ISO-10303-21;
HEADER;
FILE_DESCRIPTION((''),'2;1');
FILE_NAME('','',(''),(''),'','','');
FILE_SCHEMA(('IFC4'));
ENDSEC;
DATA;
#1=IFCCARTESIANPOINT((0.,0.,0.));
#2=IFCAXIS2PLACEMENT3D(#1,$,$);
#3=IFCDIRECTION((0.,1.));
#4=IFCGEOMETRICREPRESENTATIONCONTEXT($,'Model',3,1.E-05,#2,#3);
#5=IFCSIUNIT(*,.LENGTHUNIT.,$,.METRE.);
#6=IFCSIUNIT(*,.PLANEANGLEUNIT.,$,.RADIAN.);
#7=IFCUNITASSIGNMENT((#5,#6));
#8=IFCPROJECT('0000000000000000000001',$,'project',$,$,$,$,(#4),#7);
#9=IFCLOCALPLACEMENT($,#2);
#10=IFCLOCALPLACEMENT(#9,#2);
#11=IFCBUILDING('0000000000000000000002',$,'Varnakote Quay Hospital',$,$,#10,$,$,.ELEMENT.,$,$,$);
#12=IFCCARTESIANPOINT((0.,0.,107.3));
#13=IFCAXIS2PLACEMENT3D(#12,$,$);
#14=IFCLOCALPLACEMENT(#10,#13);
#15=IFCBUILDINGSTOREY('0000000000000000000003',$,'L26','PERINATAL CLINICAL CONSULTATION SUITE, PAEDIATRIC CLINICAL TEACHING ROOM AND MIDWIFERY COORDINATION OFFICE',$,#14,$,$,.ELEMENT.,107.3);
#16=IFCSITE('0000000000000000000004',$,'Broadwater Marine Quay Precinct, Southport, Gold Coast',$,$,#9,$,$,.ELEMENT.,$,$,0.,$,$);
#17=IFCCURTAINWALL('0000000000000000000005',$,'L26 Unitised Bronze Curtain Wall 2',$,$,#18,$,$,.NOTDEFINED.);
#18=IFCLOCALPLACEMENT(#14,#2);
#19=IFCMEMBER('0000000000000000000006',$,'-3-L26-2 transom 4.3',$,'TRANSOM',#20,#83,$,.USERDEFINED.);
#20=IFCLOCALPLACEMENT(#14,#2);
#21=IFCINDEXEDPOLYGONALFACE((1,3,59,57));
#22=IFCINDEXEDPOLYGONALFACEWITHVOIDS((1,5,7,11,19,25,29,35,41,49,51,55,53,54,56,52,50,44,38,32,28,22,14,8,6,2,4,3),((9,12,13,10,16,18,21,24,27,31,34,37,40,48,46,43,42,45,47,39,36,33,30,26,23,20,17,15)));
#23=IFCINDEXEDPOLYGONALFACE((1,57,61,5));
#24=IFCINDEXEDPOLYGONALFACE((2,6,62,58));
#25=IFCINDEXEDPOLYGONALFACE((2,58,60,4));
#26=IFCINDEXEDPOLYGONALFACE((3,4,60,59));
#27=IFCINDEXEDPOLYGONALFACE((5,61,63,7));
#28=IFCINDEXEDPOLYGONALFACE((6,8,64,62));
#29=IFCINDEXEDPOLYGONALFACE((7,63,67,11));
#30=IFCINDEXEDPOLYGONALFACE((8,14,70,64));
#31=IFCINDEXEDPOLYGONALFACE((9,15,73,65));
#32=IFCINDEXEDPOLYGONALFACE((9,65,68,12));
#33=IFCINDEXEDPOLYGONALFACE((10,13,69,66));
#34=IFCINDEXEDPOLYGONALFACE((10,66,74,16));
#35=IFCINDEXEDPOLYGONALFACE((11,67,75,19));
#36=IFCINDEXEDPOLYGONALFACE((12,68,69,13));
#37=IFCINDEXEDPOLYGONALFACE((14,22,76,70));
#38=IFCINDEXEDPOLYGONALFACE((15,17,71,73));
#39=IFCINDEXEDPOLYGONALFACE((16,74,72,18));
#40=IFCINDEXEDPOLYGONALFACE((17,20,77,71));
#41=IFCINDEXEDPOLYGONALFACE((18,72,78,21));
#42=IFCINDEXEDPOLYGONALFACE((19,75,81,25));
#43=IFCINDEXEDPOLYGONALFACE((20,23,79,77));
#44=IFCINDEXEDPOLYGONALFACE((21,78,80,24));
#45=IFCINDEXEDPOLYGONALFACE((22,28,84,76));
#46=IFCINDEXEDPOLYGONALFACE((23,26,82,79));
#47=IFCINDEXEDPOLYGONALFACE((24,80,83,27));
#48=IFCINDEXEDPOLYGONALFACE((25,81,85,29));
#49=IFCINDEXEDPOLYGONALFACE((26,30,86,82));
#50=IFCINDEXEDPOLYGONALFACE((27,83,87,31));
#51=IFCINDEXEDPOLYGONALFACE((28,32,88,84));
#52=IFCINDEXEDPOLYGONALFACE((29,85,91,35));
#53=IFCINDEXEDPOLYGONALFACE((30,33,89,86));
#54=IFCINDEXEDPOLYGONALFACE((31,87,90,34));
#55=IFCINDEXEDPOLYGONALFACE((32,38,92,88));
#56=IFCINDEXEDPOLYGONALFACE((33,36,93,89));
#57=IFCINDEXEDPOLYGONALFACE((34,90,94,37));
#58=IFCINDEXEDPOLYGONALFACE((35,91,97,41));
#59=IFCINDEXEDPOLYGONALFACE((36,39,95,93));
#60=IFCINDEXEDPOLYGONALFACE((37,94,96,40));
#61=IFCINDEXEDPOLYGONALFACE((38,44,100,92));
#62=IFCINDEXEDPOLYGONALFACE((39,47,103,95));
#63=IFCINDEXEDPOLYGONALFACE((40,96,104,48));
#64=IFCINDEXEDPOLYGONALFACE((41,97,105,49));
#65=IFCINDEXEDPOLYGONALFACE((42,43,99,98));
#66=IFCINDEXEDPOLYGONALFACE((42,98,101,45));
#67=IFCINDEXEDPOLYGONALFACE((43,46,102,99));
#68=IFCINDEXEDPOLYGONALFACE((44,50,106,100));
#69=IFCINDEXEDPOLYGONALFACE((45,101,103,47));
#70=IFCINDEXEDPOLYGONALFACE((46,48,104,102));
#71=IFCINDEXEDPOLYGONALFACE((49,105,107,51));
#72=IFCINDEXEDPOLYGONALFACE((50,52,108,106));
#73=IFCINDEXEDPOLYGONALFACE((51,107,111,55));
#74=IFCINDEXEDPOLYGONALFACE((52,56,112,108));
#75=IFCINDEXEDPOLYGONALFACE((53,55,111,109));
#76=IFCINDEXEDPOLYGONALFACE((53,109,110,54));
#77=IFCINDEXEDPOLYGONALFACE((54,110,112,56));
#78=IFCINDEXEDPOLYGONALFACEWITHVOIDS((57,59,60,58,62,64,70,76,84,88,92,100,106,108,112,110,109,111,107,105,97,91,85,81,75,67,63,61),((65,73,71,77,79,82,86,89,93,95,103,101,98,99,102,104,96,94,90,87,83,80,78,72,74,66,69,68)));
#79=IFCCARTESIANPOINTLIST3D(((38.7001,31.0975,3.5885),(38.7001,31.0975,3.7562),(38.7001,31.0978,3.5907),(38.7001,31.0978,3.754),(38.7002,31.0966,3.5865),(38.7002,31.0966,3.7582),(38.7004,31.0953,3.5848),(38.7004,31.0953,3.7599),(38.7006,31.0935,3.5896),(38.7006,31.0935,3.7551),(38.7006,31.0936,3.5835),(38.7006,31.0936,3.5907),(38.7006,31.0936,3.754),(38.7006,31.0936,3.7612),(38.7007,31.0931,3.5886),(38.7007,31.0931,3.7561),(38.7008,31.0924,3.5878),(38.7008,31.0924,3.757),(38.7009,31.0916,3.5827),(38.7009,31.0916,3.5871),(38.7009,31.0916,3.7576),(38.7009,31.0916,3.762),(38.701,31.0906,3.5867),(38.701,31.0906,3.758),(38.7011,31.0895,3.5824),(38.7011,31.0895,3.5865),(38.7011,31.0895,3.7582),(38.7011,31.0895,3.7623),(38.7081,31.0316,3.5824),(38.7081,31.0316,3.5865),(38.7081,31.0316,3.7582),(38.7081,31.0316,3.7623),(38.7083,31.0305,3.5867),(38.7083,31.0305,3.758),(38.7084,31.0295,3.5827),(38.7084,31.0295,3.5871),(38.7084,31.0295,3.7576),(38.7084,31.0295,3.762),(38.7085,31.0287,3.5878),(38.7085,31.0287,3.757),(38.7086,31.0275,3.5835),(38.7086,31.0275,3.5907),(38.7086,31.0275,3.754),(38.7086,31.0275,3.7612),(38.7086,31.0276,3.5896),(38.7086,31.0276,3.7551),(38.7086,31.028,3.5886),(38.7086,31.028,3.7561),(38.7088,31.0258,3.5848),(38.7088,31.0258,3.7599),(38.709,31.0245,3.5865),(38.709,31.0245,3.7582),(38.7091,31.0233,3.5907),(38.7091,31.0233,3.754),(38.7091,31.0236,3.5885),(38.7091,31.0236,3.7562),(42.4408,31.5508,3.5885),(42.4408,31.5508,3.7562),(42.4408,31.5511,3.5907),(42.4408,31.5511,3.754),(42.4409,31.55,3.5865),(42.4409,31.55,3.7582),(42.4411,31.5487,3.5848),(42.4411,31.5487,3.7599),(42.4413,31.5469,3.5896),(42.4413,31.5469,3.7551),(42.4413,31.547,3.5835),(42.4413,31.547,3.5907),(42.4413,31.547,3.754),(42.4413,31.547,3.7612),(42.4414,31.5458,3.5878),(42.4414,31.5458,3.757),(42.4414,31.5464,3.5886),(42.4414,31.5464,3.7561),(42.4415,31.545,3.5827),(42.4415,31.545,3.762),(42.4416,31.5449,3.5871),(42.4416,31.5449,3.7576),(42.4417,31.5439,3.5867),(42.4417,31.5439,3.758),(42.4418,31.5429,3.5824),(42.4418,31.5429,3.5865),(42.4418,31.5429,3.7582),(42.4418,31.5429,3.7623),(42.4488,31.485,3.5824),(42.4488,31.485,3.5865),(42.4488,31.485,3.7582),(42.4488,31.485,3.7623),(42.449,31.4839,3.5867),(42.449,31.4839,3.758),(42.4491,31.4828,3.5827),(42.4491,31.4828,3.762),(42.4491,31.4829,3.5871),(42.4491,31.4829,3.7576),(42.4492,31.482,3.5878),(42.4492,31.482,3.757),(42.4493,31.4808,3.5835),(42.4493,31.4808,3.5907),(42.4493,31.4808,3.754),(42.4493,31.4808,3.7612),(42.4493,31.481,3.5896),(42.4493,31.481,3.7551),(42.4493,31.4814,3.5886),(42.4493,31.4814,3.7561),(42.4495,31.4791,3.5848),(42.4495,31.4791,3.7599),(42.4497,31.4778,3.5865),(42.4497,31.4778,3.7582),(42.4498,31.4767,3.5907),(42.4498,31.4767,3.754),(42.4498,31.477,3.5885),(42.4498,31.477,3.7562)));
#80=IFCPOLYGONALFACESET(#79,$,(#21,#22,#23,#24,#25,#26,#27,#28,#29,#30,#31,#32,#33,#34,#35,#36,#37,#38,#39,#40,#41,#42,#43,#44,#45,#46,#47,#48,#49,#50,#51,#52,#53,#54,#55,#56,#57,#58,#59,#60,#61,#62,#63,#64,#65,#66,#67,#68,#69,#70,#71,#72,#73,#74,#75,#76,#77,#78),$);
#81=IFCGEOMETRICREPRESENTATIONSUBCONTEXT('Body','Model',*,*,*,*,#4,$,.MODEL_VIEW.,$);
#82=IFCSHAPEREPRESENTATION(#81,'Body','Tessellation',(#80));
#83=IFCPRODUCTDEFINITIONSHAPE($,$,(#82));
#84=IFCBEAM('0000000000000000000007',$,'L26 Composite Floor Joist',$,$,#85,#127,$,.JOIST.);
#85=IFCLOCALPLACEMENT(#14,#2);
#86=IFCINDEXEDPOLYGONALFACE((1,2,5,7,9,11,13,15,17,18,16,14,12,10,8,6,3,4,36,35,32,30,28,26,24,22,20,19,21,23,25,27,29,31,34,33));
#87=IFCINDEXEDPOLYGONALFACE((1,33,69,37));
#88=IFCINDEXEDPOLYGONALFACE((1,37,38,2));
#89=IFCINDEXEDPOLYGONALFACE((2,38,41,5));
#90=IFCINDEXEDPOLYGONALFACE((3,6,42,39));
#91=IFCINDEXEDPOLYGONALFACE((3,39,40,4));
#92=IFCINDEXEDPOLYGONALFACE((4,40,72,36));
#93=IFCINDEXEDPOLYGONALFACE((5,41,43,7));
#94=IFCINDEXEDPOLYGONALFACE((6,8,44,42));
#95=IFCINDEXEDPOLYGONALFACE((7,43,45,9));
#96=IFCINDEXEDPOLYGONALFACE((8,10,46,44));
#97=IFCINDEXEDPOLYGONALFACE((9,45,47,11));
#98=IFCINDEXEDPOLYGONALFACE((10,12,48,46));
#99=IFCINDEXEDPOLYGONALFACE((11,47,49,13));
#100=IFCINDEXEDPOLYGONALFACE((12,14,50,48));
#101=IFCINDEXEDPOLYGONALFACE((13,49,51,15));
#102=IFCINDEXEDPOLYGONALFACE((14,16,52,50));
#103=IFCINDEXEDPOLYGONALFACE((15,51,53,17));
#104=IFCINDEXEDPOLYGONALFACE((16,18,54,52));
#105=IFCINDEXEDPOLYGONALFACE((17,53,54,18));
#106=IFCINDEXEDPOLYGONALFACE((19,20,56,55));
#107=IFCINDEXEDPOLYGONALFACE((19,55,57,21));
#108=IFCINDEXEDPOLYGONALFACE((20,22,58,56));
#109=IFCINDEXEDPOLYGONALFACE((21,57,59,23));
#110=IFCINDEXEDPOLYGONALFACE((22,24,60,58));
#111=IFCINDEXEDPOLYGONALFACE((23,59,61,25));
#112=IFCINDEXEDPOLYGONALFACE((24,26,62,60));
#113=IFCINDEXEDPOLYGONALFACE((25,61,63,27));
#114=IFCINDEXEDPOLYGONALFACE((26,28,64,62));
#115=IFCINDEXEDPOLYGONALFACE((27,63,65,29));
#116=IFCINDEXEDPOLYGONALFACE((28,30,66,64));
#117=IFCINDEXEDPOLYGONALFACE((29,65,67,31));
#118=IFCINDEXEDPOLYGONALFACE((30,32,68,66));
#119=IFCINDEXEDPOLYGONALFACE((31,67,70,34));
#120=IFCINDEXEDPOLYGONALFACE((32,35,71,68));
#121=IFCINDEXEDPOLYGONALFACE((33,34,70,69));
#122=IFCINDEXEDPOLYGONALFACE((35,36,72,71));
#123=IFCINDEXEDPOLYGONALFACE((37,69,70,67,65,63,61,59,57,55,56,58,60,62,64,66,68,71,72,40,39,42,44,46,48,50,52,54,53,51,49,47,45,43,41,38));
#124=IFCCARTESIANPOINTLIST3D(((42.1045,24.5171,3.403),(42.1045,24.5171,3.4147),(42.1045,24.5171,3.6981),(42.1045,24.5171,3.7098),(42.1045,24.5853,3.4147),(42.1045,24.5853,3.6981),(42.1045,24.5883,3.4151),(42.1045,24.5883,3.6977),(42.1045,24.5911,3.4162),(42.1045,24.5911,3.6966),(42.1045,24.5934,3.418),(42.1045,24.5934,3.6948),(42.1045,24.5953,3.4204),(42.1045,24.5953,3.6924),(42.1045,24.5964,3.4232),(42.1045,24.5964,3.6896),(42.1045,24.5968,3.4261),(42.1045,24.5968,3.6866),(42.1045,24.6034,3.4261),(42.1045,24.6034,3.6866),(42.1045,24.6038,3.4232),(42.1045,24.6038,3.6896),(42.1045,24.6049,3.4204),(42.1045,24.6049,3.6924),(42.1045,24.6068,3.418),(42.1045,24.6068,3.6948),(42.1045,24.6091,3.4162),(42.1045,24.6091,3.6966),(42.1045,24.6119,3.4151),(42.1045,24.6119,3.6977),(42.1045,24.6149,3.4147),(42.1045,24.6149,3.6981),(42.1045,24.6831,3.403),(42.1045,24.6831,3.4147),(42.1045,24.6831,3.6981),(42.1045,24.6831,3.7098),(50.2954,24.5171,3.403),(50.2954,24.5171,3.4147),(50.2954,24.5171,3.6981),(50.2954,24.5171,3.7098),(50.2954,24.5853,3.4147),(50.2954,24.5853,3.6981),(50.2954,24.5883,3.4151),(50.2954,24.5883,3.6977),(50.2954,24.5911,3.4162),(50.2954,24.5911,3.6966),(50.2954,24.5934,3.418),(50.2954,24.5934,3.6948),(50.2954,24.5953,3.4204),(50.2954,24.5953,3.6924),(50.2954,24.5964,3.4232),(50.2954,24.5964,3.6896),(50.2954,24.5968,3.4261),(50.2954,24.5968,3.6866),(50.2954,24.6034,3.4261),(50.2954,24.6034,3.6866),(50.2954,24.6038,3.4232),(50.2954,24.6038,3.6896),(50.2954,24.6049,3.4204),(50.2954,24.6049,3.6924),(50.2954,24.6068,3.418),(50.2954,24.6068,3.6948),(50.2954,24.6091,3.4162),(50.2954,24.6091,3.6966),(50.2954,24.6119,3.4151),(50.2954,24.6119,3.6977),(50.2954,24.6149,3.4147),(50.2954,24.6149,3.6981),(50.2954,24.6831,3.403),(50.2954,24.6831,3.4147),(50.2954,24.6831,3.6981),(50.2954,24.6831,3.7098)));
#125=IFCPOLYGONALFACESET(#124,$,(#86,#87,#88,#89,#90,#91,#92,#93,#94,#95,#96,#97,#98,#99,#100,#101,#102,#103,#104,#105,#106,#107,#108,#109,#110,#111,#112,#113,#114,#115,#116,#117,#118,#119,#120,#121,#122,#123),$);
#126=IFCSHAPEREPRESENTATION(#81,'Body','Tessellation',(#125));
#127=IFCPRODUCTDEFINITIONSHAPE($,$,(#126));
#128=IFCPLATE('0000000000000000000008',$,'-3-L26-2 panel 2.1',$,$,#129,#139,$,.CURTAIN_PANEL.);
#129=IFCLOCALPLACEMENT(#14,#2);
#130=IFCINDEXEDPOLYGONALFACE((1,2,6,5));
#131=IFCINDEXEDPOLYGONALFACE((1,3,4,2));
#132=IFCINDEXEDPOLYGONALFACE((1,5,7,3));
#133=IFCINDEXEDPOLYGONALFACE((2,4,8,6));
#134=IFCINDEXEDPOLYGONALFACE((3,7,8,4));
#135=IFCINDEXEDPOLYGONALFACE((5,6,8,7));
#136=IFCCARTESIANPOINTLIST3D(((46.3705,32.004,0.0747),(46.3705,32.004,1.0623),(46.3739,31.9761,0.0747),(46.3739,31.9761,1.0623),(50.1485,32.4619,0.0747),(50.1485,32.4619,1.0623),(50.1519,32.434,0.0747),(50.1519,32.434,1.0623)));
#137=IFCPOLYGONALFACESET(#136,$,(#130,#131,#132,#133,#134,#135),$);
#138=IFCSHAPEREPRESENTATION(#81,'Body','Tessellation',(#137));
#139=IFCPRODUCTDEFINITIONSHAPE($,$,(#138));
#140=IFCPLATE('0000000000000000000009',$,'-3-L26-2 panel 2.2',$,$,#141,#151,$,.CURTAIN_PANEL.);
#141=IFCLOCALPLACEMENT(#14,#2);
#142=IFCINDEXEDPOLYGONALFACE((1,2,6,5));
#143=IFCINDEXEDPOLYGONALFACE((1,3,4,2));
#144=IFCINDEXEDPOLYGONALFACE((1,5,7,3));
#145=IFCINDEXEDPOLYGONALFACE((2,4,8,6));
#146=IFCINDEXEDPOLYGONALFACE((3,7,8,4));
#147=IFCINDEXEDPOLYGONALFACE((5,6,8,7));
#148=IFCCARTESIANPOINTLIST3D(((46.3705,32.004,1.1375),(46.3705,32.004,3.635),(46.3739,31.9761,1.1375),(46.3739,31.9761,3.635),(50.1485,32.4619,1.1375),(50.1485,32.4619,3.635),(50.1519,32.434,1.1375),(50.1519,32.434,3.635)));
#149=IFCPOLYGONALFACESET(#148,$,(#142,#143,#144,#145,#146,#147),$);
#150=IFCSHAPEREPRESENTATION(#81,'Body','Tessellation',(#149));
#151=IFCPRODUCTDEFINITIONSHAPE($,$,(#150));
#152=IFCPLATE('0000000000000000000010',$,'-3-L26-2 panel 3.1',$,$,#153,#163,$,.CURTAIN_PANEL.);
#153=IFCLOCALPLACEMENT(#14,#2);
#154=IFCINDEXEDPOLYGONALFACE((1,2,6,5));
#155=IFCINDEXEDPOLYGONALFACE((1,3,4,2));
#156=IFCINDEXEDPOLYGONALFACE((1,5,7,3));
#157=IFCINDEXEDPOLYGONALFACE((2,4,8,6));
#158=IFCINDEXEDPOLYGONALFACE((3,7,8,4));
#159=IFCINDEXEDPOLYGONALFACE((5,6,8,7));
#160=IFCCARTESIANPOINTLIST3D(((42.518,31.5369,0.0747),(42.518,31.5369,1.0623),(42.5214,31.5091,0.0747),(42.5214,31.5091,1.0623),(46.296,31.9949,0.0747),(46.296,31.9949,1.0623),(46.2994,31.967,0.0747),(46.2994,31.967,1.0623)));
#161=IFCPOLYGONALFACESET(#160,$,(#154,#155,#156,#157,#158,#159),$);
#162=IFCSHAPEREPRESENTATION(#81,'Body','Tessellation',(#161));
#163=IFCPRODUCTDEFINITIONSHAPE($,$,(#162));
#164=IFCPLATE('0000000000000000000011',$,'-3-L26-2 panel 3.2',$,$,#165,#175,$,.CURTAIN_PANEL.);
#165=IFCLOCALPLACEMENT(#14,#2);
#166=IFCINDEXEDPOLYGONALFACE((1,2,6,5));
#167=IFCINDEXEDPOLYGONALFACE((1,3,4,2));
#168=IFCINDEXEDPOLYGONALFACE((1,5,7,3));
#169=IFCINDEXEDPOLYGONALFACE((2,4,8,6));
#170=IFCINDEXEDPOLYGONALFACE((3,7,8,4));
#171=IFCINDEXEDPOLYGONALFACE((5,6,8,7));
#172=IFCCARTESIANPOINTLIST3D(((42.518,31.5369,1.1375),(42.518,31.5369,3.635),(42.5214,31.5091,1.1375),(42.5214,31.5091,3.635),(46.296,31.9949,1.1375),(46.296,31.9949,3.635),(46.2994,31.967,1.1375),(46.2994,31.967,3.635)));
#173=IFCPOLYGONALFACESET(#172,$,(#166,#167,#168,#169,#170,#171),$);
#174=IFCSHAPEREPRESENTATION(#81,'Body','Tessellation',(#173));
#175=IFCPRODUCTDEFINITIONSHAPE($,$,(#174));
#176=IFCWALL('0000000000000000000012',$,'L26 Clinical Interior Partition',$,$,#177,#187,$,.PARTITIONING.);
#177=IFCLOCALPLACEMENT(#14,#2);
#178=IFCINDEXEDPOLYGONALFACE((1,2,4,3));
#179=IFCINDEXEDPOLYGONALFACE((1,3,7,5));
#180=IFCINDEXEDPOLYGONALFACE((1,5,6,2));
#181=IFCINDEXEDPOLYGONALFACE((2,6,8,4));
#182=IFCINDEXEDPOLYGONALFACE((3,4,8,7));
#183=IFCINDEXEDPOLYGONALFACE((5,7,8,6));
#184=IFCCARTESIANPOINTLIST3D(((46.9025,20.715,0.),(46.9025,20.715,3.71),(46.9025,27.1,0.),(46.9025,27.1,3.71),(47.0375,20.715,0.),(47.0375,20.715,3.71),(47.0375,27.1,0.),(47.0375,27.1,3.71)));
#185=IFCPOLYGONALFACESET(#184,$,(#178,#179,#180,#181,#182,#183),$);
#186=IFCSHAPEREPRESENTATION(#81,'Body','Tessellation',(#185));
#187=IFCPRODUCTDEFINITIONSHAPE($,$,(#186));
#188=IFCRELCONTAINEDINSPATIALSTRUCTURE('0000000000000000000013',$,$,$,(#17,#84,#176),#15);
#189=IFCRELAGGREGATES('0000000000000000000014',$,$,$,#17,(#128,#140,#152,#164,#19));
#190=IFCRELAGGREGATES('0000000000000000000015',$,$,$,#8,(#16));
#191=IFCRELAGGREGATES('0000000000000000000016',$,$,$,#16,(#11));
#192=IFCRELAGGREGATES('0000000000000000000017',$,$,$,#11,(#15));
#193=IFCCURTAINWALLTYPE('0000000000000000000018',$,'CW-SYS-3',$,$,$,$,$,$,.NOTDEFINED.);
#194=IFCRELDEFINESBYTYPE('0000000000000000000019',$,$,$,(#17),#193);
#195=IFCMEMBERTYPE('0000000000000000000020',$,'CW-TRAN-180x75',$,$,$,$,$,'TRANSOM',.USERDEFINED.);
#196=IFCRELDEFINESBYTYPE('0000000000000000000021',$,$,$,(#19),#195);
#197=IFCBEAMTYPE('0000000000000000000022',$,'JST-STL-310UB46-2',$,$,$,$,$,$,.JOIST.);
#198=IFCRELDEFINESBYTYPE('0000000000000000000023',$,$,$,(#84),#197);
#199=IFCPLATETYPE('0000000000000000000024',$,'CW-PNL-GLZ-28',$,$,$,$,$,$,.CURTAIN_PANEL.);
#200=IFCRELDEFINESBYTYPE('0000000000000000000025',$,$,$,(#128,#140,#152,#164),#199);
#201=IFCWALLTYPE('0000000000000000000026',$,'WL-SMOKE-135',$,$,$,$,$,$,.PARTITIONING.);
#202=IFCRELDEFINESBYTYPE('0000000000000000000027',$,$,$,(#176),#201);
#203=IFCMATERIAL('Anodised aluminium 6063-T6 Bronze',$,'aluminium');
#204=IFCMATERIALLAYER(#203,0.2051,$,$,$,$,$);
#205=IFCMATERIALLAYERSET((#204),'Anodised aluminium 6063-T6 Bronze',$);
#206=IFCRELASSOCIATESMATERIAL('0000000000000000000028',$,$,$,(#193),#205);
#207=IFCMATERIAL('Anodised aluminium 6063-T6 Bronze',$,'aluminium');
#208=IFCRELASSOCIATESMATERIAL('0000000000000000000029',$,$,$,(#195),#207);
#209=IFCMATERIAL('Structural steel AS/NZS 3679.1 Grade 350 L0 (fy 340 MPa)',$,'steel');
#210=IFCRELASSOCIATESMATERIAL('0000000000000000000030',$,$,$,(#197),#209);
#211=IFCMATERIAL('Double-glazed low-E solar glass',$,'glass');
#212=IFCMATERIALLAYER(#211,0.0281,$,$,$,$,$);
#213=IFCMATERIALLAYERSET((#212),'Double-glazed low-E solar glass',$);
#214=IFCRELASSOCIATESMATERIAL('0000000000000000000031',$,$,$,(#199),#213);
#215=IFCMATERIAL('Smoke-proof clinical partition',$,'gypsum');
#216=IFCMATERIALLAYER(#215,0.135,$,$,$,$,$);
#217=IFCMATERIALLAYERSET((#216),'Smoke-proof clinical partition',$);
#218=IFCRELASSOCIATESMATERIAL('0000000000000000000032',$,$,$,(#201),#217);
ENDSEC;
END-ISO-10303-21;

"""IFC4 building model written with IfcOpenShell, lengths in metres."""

from ifc_helpers import new_model, si_unit, direction, frame, frame_2d, origin, origin_2d, place, context, subcontext, project, spatial, rectangle, hollow_rectangle, i_section, extrude, material, layer, layer_set, material_profile, profile_set, type_object, element, aggregate, save


model = new_model("IFC4")

# Units and contexts
model_context = context("Model", 3, precision=1e-05, world=origin(), true_north=direction((0.0, 1.0)))
body_context = subcontext(model_context, "Body", "Model", "MODEL_VIEW")
ifc_project = project(units=[si_unit("LENGTHUNIT", "METRE"), si_unit("PLANEANGLEUNIT", "RADIAN")], contexts=[model_context])

# Site, building, storey
site_placement = place(None, origin())
site = spatial("IfcSite", under=ifc_project, at=site_placement, Name="Broadwater Marine Quay Precinct, Southport, Gold Coast", CompositionType="ELEMENT", RefElevation=0.0)
building_placement = place(site_placement, origin())
building = spatial("IfcBuilding", under=site, at=building_placement, Name="Varnakote Quay Hospital", CompositionType="ELEMENT")
storey_placement = place(building_placement, frame((0.0, 0.0, 107.3)))
storey = spatial("IfcBuildingStorey", under=building, at=storey_placement, Name="L26", Description="PERINATAL CLINICAL CONSULTATION SUITE, PAEDIATRIC CLINICAL TEACHING ROOM AND MIDWIFERY COORDINATION OFFICE", CompositionType="ELEMENT", Elevation=107.3)

# Curtain wall, member
ifc_material_1 = material(Name="Anodised aluminium 6063-T6 Bronze", Category="aluminium")
ifc_layer_1 = layer(ifc_material_1, 0.2051)
ifc_layer_set_1 = layer_set([ifc_layer_1], Name="Anodised aluminium 6063-T6 Bronze")
curtain_wall_type = type_object("IfcCurtainWallType", Name="CW-SYS-3", PredefinedType="NOTDEFINED", material=ifc_layer_set_1)
curtain_wall_placement = place(storey_placement, origin())
curtain_wall = element("IfcCurtainWall", 1, at=curtain_wall_placement, inside=storey, type_object=curtain_wall_type, Name="L26 Unitised Bronze Curtain Wall 2", PredefinedType="NOTDEFINED")
ifc_material_2 = material(Name="Anodised aluminium 6063-T6 Bronze", Category="aluminium")
ifc_material_profile_1 = material_profile(ifc_material_2, hollow_rectangle(XDim=0.075, YDim=0.1799, WallThickness=0.0042, InnerFilletRadius=0.0042, OuterFilletRadius=0.0083, at=origin_2d()), Name="CW-TRAN-180x75")
ifc_profile_set_1 = profile_set([ifc_material_profile_1], Name="Anodised aluminium 6063-T6 Bronze")
member_type_1 = type_object("IfcMemberType", Name="CW-TRAN-180x75", ElementType="TRANSOM", PredefinedType="USERDEFINED", material=ifc_profile_set_1)
member_1_placement = place(storey_placement, frame((42.4453, 31.5139, 3.6724), z_axis=(-0.992735, -0.120318, 0.0), x_axis=(0.120318, -0.992735, 0.0)))
member_1 = element("IfcMember", 2, at=member_1_placement, type_object=member_type_1, Name="-3-L26-2 transom 4.3", ObjectType="TRANSOM", PredefinedType="USERDEFINED", context=body_context, shape_type="SweptSolid", body=[
    extrude(hollow_rectangle(XDim=0.075, YDim=0.1799, WallThickness=0.0042, InnerFilletRadius=0.0042, OuterFilletRadius=0.0083, at=origin_2d()), origin(), (0.0, 0.0, 1.0), 3.7681),
])

# Beam
ifc_material_3 = material(Name="Structural steel AS/NZS 3679.1 Grade 350 L0 (fy 340 MPa)", Category="steel")
ifc_material_profile_2 = material_profile(ifc_material_3, i_section(OverallWidth=0.166, OverallDepth=0.3069, WebThickness=0.0066, FlangeThickness=0.0117, FilletRadius=0.0115, at=origin_2d()), Name="310UB46.2")
ifc_profile_set_2 = profile_set([ifc_material_profile_2], Name="Structural steel AS/NZS 3679.1 Grade 350 L0 (fy 340 MPa)")
beam_type_1 = type_object("IfcBeamType", Name="JST-STL-310UB46-2", PredefinedType="JOIST", material=ifc_profile_set_2)
beam_placement = place(storey_placement, frame((42.1045, 24.6001, 3.5564), z_axis=(1.0, 0.0, 0.0), x_axis=(0.0, 1.0, 0.0)))
element("IfcBeam", 3, at=beam_placement, inside=storey, type_object=beam_type_1, Name="L26 Composite Floor Joist", PredefinedType="JOIST", context=body_context, shape_type="SweptSolid", body=[
    extrude(i_section(OverallWidth=0.166, OverallDepth=0.3069, WebThickness=0.0066, FlangeThickness=0.0117, FilletRadius=0.0115, at=origin_2d()), origin(), (0.0, 0.0, 1.0), 8.1909),
])

# Plates
ifc_material_4 = material(Name="Double-glazed low-E solar glass", Category="glass")
ifc_layer_2 = layer(ifc_material_4, 0.0281)
ifc_layer_set_2 = layer_set([ifc_layer_2], Name="Double-glazed low-E solar glass")
plate_type = type_object("IfcPlateType", Name="CW-PNL-GLZ-28", PredefinedType="CURTAIN_PANEL", material=ifc_layer_set_2)
plate_1_placement = place(storey_placement, frame((48.2612, 32.219, 0.0747), z_axis=(0.0, 0.0, 1.0), x_axis=(-0.992734, -0.120327, 0.0)))
plate_1 = element("IfcPlate", 4, at=plate_1_placement, type_object=plate_type, Name="-3-L26-2 panel 2.1", PredefinedType="CURTAIN_PANEL", context=body_context, shape_type="SweptSolid", body=[
    extrude(rectangle(XDim=3.8057, YDim=0.0281, at=origin_2d()), origin(), (0.0, 0.0, 1.0), 0.9875),
])
plate_2_placement = place(storey_placement, frame((48.2612, 32.219, 1.1375), z_axis=(0.0, 0.0, 1.0), x_axis=(-0.992734, -0.120327, 0.0)))
plate_2 = element("IfcPlate", 5, at=plate_2_placement, type_object=plate_type, Name="-3-L26-2 panel 2.2", PredefinedType="CURTAIN_PANEL", context=body_context, shape_type="SweptSolid", body=[
    extrude(rectangle(XDim=3.8057, YDim=0.0281, at=origin_2d()), origin(), (0.0, 0.0, 1.0), 2.4976),
])
plate_3_placement = place(storey_placement, frame((44.4087, 31.752, 0.0747), z_axis=(0.0, 0.0, 1.0), x_axis=(-0.992734, -0.120327, 0.0)))
plate_3 = element("IfcPlate", 6, at=plate_3_placement, type_object=plate_type, Name="-3-L26-2 panel 3.1", PredefinedType="CURTAIN_PANEL", context=body_context, shape_type="SweptSolid", body=[
    extrude(rectangle(XDim=3.8057, YDim=0.0281, at=origin_2d()), origin(), (0.0, 0.0, 1.0), 0.9875),
])
plate_4_placement = place(storey_placement, frame((44.4087, 31.752, 1.1375), z_axis=(0.0, 0.0, 1.0), x_axis=(-0.992734, -0.120327, 0.0)))
plate_4 = element("IfcPlate", 7, at=plate_4_placement, type_object=plate_type, Name="-3-L26-2 panel 3.2", PredefinedType="CURTAIN_PANEL", context=body_context, shape_type="SweptSolid", body=[
    extrude(rectangle(XDim=3.8057, YDim=0.0281, at=origin_2d()), origin(), (0.0, 0.0, 1.0), 2.4976),
])
aggregate(curtain_wall, [plate_1, plate_2, plate_3, plate_4, member_1])

# Wall
ifc_material_5 = material(Name="Smoke-proof clinical partition", Category="gypsum")
ifc_layer_3 = layer(ifc_material_5, 0.135)
ifc_layer_set_3 = layer_set([ifc_layer_3], Name="Smoke-proof clinical partition")
wall_type_1 = type_object("IfcWallType", Name="WL-SMOKE-135", PredefinedType="PARTITIONING", material=ifc_layer_set_3)
wall_1_placement = place(storey_placement, frame((46.97, 20.7151, 0.0), z_axis=(0.0, 0.0, 1.0), x_axis=(0.0, 1.0, 0.0)))
element("IfcWall", 8, at=wall_1_placement, inside=storey, type_object=wall_type_1, Name="L26 Clinical Interior Partition", PredefinedType="PARTITIONING", context=body_context, shape_type="SweptSolid", body=[
    extrude(rectangle(XDim=6.385, YDim=0.135, at=frame_2d((3.1924, 0.0))), origin(), (0.0, 0.0, 1.0), 3.71),
])

save(model, "model.ifc")
